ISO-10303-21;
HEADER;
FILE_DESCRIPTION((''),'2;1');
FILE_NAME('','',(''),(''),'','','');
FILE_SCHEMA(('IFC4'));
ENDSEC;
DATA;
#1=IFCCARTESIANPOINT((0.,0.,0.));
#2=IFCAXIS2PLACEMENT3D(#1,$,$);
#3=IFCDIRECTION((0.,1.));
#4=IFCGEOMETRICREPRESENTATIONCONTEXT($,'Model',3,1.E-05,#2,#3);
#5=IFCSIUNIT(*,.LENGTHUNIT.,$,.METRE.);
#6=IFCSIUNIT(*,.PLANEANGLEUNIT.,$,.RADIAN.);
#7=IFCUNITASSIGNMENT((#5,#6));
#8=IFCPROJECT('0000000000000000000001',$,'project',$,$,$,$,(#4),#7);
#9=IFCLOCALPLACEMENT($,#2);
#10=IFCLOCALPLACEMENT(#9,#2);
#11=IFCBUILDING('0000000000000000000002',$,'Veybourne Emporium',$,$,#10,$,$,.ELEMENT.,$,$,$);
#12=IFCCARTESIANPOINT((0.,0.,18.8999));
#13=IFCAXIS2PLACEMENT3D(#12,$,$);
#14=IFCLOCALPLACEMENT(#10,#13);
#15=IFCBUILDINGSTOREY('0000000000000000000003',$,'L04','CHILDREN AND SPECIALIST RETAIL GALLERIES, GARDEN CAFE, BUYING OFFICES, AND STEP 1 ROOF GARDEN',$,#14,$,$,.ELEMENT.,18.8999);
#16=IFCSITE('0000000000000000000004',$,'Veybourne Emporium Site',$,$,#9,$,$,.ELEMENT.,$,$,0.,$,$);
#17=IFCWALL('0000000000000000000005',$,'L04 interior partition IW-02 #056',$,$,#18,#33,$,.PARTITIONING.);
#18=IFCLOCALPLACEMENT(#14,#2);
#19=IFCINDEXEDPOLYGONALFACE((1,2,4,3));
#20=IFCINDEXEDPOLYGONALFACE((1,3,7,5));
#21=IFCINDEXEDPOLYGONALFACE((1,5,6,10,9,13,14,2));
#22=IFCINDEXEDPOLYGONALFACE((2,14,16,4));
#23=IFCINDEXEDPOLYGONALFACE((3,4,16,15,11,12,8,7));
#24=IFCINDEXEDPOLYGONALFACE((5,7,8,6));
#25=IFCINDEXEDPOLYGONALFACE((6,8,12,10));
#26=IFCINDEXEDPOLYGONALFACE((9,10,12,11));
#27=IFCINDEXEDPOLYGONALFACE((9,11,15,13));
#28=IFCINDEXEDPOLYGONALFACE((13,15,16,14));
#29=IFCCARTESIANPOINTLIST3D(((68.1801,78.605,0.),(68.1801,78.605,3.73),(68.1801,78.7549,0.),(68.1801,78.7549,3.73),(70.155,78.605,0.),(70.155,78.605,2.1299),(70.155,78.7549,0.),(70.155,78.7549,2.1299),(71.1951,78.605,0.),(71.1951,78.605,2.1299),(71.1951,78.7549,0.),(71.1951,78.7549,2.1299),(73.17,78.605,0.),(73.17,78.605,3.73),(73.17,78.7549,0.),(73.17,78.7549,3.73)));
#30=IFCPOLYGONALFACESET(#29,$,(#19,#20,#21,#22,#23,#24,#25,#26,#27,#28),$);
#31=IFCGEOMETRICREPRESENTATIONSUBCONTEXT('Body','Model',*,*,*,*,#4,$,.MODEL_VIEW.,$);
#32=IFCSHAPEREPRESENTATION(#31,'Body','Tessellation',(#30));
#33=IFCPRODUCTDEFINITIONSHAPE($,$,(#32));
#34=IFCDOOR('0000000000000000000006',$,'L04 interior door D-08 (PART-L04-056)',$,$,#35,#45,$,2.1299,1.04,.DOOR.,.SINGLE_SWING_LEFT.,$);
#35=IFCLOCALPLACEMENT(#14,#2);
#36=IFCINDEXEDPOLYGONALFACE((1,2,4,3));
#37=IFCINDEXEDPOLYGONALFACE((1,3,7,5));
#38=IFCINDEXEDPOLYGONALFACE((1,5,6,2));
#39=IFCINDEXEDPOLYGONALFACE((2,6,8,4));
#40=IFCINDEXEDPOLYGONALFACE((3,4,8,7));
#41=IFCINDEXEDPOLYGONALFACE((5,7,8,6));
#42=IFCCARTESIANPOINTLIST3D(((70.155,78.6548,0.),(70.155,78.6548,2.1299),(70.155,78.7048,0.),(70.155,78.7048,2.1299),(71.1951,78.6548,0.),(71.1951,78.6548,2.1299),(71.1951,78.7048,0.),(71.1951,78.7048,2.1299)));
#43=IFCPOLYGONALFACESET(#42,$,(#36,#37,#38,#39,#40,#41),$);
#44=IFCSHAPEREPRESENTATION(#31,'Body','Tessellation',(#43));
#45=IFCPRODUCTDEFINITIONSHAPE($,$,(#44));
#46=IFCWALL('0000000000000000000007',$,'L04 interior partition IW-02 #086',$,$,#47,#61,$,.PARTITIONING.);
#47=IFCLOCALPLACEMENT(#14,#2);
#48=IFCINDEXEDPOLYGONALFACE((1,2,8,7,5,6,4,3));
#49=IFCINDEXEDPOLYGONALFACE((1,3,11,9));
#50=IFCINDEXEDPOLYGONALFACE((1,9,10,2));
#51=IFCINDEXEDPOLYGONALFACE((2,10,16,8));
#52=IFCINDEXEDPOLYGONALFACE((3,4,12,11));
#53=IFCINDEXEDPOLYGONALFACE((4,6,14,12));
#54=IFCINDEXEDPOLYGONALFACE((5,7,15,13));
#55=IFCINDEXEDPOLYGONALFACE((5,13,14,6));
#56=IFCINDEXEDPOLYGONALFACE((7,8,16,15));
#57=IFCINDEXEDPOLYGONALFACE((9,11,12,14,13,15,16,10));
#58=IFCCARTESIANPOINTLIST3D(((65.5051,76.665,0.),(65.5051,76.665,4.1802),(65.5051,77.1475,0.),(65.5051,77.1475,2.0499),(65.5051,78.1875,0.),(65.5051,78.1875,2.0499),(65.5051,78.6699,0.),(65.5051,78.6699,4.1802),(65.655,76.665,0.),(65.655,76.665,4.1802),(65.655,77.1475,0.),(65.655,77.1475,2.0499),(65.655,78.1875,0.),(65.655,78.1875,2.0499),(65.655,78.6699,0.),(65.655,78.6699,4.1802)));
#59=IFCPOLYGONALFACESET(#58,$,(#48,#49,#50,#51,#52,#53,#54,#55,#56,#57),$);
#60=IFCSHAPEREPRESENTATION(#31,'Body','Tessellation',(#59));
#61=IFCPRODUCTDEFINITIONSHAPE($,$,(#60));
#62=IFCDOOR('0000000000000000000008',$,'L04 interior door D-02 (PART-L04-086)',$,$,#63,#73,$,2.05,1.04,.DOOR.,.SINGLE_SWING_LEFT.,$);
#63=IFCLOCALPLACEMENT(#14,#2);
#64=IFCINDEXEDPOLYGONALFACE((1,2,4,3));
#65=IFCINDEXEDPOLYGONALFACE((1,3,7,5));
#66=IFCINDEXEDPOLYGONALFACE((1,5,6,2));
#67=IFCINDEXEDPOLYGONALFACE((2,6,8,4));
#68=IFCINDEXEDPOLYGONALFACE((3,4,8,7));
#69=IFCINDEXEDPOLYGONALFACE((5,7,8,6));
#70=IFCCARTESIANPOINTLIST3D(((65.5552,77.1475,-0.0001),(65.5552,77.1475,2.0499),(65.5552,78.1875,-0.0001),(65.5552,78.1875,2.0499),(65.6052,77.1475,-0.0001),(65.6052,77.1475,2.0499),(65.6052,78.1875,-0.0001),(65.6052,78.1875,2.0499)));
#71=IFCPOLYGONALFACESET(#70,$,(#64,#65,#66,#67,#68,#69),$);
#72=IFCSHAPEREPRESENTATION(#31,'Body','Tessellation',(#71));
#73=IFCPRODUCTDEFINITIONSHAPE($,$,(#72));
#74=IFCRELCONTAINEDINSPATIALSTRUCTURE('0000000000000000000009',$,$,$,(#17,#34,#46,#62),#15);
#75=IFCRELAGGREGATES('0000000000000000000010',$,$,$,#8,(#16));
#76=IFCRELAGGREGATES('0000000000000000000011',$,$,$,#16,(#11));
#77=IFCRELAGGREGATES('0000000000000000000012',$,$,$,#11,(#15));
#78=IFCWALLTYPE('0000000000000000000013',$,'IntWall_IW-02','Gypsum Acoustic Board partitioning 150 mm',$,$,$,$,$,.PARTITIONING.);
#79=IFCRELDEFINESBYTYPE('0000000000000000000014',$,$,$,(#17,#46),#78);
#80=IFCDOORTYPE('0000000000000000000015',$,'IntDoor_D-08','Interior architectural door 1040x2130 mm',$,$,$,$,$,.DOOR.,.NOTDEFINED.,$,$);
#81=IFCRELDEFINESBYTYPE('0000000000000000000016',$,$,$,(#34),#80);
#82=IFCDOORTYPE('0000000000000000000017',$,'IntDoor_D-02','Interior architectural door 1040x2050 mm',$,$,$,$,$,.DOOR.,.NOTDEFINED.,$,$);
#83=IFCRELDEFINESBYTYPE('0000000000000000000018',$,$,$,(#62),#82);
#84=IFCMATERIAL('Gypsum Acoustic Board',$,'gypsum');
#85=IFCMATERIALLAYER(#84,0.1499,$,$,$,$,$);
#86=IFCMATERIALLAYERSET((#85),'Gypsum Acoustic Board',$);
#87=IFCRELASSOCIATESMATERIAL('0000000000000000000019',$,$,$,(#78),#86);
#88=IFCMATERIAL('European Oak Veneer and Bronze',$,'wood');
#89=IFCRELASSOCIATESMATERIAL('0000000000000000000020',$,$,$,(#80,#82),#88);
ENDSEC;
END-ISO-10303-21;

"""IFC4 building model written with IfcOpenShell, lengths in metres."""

from ifc_helpers import new_model, si_unit, direction, frame, frame_2d, origin, place, context, subcontext, project, spatial, rectangle, extrude, material, layer, layer_set, type_object, element, fill, save


model = new_model("IFC4")

# Units and contexts
model_context = context("Model", 3, precision=1e-05, world=origin(), true_north=direction((0.0, 1.0)))
body_context = subcontext(model_context, "Body", "Model", "MODEL_VIEW")
ifc_project = project(units=[si_unit("LENGTHUNIT", "METRE"), si_unit("PLANEANGLEUNIT", "RADIAN")], contexts=[model_context])

# Site, building, storey
site_placement = place(None, origin())
site = spatial("IfcSite", under=ifc_project, at=site_placement, Name="Veybourne Emporium Site", CompositionType="ELEMENT", RefElevation=0.0)
building_placement = place(site_placement, origin())
building = spatial("IfcBuilding", under=site, at=building_placement, Name="Veybourne Emporium", CompositionType="ELEMENT")
storey_placement = place(building_placement, frame((0.0, 0.0, 18.8999)))
storey = spatial("IfcBuildingStorey", under=building, at=storey_placement, Name="L04", Description="CHILDREN AND SPECIALIST RETAIL GALLERIES, GARDEN CAFE, BUYING OFFICES, AND STEP 1 ROOF GARDEN", CompositionType="ELEMENT", Elevation=18.8999)

# Shared definitions
ifc_material_1 = material(Name="Gypsum Acoustic Board", Category="gypsum")
ifc_material_2 = material(Name="European Oak Veneer and Bronze", Category="wood")

# Walls, openings, doors
ifc_layer_1 = layer(ifc_material_1, 0.1499)
ifc_layer_set_1 = layer_set([ifc_layer_1], Name="Gypsum Acoustic Board")
wall_type_1 = type_object("IfcWallType", Name="IntWall_IW-02", Description="Gypsum Acoustic Board partitioning 150 mm", PredefinedType="PARTITIONING", material=ifc_layer_set_1)
wall_1_placement = place(storey_placement, frame((68.1799, 78.6799, 0.0), z_axis=(0.0, 0.0, 1.0), x_axis=(1.0, 0.0, 0.0)))
wall_1 = element("IfcWall", 1, at=wall_1_placement, inside=storey, type_object=wall_type_1, Name="L04 interior partition IW-02 #056", PredefinedType="PARTITIONING", context=body_context, shape_type="SweptSolid", body=[
    extrude(rectangle(XDim=4.99, YDim=0.1499, at=frame_2d((2.4951, 0.0))), origin(), (0.0, 0.0, 1.0), 3.73),
])
opening_1_placement = place(wall_1_placement, frame((1.9751, 0.0, 0.0)))
opening_1 = element("IfcOpeningElement", 2, at=opening_1_placement, cuts=wall_1, PredefinedType="OPENING", context=body_context, shape_type="SweptSolid", body=[
    extrude(rectangle(XDim=1.04, YDim=2.1299, at=frame_2d((0.52, 1.0649))), frame((0.0, 0.095, 0.0), z_axis=(0.0, -1.0, 0.0), x_axis=(1.0, 0.0, 0.0)), (0.0, 0.0, 1.0), 0.1899),
])
door_type_1 = type_object("IfcDoorType", Name="IntDoor_D-08", Description="Interior architectural door 1040x2130 mm", OperationType="NOTDEFINED", PredefinedType="DOOR", material=ifc_material_2)
door_1_placement = place(opening_1_placement, origin())
door_1 = element("IfcDoor", 3, at=door_1_placement, inside=storey, type_object=door_type_1, Name="L04 interior door D-08 (PART-L04-056)", OperationType="SINGLE_SWING_LEFT", OverallHeight=2.1299, OverallWidth=1.04, PredefinedType="DOOR", context=body_context, shape_type="SweptSolid", body=[
    extrude(rectangle(XDim=1.04, YDim=2.1299, at=frame_2d((0.52, 1.0649))), frame((0.0, 0.0249, 0.0), z_axis=(0.0, -1.0, 0.0), x_axis=(1.0, 0.0, 0.0)), (0.0, 0.0, 1.0), 0.05),
])
fill(opening_1, door_1)
wall_2_placement = place(storey_placement, frame((65.5801, 76.665, 0.0), z_axis=(0.0, 0.0, 1.0), x_axis=(0.0, 1.0, 0.0)))
wall_2 = element("IfcWall", 4, at=wall_2_placement, inside=storey, type_object=wall_type_1, Name="L04 interior partition IW-02 #086", PredefinedType="PARTITIONING", context=body_context, shape_type="SweptSolid", body=[
    extrude(rectangle(XDim=2.0049, YDim=0.1499, at=frame_2d((1.0024, 0.0))), origin(), (0.0, 0.0, 1.0), 4.1802),
])
opening_2_placement = place(wall_2_placement, frame((0.4824, 0.0, 0.0)))
opening_2 = element("IfcOpeningElement", 5, at=opening_2_placement, cuts=wall_2, PredefinedType="OPENING", context=body_context, shape_type="SweptSolid", body=[
    extrude(rectangle(XDim=1.04, YDim=2.05, at=frame_2d((0.52, 1.0249))), frame((0.0, 0.095, 0.0), z_axis=(0.0, -1.0, 0.0), x_axis=(1.0, 0.0, 0.0)), (0.0, 0.0, 1.0), 0.1899),
])
door_type_2 = type_object("IfcDoorType", Name="IntDoor_D-02", Description="Interior architectural door 1040x2050 mm", OperationType="NOTDEFINED", PredefinedType="DOOR", material=ifc_material_2)
door_2_placement = place(opening_2_placement, origin())
door_2 = element("IfcDoor", 6, at=door_2_placement, inside=storey, type_object=door_type_2, Name="L04 interior door D-02 (PART-L04-086)", OperationType="SINGLE_SWING_LEFT", OverallHeight=2.05, OverallWidth=1.04, PredefinedType="DOOR", context=body_context, shape_type="SweptSolid", body=[
    extrude(rectangle(XDim=1.04, YDim=2.05, at=frame_2d((0.52, 1.0249))), frame((0.0, 0.0249, 0.0), z_axis=(0.0, -1.0, 0.0), x_axis=(1.0, 0.0, 0.0)), (0.0, 0.0, 1.0), 0.05),
])
fill(opening_2, door_2)

save(model, "model.ifc")
